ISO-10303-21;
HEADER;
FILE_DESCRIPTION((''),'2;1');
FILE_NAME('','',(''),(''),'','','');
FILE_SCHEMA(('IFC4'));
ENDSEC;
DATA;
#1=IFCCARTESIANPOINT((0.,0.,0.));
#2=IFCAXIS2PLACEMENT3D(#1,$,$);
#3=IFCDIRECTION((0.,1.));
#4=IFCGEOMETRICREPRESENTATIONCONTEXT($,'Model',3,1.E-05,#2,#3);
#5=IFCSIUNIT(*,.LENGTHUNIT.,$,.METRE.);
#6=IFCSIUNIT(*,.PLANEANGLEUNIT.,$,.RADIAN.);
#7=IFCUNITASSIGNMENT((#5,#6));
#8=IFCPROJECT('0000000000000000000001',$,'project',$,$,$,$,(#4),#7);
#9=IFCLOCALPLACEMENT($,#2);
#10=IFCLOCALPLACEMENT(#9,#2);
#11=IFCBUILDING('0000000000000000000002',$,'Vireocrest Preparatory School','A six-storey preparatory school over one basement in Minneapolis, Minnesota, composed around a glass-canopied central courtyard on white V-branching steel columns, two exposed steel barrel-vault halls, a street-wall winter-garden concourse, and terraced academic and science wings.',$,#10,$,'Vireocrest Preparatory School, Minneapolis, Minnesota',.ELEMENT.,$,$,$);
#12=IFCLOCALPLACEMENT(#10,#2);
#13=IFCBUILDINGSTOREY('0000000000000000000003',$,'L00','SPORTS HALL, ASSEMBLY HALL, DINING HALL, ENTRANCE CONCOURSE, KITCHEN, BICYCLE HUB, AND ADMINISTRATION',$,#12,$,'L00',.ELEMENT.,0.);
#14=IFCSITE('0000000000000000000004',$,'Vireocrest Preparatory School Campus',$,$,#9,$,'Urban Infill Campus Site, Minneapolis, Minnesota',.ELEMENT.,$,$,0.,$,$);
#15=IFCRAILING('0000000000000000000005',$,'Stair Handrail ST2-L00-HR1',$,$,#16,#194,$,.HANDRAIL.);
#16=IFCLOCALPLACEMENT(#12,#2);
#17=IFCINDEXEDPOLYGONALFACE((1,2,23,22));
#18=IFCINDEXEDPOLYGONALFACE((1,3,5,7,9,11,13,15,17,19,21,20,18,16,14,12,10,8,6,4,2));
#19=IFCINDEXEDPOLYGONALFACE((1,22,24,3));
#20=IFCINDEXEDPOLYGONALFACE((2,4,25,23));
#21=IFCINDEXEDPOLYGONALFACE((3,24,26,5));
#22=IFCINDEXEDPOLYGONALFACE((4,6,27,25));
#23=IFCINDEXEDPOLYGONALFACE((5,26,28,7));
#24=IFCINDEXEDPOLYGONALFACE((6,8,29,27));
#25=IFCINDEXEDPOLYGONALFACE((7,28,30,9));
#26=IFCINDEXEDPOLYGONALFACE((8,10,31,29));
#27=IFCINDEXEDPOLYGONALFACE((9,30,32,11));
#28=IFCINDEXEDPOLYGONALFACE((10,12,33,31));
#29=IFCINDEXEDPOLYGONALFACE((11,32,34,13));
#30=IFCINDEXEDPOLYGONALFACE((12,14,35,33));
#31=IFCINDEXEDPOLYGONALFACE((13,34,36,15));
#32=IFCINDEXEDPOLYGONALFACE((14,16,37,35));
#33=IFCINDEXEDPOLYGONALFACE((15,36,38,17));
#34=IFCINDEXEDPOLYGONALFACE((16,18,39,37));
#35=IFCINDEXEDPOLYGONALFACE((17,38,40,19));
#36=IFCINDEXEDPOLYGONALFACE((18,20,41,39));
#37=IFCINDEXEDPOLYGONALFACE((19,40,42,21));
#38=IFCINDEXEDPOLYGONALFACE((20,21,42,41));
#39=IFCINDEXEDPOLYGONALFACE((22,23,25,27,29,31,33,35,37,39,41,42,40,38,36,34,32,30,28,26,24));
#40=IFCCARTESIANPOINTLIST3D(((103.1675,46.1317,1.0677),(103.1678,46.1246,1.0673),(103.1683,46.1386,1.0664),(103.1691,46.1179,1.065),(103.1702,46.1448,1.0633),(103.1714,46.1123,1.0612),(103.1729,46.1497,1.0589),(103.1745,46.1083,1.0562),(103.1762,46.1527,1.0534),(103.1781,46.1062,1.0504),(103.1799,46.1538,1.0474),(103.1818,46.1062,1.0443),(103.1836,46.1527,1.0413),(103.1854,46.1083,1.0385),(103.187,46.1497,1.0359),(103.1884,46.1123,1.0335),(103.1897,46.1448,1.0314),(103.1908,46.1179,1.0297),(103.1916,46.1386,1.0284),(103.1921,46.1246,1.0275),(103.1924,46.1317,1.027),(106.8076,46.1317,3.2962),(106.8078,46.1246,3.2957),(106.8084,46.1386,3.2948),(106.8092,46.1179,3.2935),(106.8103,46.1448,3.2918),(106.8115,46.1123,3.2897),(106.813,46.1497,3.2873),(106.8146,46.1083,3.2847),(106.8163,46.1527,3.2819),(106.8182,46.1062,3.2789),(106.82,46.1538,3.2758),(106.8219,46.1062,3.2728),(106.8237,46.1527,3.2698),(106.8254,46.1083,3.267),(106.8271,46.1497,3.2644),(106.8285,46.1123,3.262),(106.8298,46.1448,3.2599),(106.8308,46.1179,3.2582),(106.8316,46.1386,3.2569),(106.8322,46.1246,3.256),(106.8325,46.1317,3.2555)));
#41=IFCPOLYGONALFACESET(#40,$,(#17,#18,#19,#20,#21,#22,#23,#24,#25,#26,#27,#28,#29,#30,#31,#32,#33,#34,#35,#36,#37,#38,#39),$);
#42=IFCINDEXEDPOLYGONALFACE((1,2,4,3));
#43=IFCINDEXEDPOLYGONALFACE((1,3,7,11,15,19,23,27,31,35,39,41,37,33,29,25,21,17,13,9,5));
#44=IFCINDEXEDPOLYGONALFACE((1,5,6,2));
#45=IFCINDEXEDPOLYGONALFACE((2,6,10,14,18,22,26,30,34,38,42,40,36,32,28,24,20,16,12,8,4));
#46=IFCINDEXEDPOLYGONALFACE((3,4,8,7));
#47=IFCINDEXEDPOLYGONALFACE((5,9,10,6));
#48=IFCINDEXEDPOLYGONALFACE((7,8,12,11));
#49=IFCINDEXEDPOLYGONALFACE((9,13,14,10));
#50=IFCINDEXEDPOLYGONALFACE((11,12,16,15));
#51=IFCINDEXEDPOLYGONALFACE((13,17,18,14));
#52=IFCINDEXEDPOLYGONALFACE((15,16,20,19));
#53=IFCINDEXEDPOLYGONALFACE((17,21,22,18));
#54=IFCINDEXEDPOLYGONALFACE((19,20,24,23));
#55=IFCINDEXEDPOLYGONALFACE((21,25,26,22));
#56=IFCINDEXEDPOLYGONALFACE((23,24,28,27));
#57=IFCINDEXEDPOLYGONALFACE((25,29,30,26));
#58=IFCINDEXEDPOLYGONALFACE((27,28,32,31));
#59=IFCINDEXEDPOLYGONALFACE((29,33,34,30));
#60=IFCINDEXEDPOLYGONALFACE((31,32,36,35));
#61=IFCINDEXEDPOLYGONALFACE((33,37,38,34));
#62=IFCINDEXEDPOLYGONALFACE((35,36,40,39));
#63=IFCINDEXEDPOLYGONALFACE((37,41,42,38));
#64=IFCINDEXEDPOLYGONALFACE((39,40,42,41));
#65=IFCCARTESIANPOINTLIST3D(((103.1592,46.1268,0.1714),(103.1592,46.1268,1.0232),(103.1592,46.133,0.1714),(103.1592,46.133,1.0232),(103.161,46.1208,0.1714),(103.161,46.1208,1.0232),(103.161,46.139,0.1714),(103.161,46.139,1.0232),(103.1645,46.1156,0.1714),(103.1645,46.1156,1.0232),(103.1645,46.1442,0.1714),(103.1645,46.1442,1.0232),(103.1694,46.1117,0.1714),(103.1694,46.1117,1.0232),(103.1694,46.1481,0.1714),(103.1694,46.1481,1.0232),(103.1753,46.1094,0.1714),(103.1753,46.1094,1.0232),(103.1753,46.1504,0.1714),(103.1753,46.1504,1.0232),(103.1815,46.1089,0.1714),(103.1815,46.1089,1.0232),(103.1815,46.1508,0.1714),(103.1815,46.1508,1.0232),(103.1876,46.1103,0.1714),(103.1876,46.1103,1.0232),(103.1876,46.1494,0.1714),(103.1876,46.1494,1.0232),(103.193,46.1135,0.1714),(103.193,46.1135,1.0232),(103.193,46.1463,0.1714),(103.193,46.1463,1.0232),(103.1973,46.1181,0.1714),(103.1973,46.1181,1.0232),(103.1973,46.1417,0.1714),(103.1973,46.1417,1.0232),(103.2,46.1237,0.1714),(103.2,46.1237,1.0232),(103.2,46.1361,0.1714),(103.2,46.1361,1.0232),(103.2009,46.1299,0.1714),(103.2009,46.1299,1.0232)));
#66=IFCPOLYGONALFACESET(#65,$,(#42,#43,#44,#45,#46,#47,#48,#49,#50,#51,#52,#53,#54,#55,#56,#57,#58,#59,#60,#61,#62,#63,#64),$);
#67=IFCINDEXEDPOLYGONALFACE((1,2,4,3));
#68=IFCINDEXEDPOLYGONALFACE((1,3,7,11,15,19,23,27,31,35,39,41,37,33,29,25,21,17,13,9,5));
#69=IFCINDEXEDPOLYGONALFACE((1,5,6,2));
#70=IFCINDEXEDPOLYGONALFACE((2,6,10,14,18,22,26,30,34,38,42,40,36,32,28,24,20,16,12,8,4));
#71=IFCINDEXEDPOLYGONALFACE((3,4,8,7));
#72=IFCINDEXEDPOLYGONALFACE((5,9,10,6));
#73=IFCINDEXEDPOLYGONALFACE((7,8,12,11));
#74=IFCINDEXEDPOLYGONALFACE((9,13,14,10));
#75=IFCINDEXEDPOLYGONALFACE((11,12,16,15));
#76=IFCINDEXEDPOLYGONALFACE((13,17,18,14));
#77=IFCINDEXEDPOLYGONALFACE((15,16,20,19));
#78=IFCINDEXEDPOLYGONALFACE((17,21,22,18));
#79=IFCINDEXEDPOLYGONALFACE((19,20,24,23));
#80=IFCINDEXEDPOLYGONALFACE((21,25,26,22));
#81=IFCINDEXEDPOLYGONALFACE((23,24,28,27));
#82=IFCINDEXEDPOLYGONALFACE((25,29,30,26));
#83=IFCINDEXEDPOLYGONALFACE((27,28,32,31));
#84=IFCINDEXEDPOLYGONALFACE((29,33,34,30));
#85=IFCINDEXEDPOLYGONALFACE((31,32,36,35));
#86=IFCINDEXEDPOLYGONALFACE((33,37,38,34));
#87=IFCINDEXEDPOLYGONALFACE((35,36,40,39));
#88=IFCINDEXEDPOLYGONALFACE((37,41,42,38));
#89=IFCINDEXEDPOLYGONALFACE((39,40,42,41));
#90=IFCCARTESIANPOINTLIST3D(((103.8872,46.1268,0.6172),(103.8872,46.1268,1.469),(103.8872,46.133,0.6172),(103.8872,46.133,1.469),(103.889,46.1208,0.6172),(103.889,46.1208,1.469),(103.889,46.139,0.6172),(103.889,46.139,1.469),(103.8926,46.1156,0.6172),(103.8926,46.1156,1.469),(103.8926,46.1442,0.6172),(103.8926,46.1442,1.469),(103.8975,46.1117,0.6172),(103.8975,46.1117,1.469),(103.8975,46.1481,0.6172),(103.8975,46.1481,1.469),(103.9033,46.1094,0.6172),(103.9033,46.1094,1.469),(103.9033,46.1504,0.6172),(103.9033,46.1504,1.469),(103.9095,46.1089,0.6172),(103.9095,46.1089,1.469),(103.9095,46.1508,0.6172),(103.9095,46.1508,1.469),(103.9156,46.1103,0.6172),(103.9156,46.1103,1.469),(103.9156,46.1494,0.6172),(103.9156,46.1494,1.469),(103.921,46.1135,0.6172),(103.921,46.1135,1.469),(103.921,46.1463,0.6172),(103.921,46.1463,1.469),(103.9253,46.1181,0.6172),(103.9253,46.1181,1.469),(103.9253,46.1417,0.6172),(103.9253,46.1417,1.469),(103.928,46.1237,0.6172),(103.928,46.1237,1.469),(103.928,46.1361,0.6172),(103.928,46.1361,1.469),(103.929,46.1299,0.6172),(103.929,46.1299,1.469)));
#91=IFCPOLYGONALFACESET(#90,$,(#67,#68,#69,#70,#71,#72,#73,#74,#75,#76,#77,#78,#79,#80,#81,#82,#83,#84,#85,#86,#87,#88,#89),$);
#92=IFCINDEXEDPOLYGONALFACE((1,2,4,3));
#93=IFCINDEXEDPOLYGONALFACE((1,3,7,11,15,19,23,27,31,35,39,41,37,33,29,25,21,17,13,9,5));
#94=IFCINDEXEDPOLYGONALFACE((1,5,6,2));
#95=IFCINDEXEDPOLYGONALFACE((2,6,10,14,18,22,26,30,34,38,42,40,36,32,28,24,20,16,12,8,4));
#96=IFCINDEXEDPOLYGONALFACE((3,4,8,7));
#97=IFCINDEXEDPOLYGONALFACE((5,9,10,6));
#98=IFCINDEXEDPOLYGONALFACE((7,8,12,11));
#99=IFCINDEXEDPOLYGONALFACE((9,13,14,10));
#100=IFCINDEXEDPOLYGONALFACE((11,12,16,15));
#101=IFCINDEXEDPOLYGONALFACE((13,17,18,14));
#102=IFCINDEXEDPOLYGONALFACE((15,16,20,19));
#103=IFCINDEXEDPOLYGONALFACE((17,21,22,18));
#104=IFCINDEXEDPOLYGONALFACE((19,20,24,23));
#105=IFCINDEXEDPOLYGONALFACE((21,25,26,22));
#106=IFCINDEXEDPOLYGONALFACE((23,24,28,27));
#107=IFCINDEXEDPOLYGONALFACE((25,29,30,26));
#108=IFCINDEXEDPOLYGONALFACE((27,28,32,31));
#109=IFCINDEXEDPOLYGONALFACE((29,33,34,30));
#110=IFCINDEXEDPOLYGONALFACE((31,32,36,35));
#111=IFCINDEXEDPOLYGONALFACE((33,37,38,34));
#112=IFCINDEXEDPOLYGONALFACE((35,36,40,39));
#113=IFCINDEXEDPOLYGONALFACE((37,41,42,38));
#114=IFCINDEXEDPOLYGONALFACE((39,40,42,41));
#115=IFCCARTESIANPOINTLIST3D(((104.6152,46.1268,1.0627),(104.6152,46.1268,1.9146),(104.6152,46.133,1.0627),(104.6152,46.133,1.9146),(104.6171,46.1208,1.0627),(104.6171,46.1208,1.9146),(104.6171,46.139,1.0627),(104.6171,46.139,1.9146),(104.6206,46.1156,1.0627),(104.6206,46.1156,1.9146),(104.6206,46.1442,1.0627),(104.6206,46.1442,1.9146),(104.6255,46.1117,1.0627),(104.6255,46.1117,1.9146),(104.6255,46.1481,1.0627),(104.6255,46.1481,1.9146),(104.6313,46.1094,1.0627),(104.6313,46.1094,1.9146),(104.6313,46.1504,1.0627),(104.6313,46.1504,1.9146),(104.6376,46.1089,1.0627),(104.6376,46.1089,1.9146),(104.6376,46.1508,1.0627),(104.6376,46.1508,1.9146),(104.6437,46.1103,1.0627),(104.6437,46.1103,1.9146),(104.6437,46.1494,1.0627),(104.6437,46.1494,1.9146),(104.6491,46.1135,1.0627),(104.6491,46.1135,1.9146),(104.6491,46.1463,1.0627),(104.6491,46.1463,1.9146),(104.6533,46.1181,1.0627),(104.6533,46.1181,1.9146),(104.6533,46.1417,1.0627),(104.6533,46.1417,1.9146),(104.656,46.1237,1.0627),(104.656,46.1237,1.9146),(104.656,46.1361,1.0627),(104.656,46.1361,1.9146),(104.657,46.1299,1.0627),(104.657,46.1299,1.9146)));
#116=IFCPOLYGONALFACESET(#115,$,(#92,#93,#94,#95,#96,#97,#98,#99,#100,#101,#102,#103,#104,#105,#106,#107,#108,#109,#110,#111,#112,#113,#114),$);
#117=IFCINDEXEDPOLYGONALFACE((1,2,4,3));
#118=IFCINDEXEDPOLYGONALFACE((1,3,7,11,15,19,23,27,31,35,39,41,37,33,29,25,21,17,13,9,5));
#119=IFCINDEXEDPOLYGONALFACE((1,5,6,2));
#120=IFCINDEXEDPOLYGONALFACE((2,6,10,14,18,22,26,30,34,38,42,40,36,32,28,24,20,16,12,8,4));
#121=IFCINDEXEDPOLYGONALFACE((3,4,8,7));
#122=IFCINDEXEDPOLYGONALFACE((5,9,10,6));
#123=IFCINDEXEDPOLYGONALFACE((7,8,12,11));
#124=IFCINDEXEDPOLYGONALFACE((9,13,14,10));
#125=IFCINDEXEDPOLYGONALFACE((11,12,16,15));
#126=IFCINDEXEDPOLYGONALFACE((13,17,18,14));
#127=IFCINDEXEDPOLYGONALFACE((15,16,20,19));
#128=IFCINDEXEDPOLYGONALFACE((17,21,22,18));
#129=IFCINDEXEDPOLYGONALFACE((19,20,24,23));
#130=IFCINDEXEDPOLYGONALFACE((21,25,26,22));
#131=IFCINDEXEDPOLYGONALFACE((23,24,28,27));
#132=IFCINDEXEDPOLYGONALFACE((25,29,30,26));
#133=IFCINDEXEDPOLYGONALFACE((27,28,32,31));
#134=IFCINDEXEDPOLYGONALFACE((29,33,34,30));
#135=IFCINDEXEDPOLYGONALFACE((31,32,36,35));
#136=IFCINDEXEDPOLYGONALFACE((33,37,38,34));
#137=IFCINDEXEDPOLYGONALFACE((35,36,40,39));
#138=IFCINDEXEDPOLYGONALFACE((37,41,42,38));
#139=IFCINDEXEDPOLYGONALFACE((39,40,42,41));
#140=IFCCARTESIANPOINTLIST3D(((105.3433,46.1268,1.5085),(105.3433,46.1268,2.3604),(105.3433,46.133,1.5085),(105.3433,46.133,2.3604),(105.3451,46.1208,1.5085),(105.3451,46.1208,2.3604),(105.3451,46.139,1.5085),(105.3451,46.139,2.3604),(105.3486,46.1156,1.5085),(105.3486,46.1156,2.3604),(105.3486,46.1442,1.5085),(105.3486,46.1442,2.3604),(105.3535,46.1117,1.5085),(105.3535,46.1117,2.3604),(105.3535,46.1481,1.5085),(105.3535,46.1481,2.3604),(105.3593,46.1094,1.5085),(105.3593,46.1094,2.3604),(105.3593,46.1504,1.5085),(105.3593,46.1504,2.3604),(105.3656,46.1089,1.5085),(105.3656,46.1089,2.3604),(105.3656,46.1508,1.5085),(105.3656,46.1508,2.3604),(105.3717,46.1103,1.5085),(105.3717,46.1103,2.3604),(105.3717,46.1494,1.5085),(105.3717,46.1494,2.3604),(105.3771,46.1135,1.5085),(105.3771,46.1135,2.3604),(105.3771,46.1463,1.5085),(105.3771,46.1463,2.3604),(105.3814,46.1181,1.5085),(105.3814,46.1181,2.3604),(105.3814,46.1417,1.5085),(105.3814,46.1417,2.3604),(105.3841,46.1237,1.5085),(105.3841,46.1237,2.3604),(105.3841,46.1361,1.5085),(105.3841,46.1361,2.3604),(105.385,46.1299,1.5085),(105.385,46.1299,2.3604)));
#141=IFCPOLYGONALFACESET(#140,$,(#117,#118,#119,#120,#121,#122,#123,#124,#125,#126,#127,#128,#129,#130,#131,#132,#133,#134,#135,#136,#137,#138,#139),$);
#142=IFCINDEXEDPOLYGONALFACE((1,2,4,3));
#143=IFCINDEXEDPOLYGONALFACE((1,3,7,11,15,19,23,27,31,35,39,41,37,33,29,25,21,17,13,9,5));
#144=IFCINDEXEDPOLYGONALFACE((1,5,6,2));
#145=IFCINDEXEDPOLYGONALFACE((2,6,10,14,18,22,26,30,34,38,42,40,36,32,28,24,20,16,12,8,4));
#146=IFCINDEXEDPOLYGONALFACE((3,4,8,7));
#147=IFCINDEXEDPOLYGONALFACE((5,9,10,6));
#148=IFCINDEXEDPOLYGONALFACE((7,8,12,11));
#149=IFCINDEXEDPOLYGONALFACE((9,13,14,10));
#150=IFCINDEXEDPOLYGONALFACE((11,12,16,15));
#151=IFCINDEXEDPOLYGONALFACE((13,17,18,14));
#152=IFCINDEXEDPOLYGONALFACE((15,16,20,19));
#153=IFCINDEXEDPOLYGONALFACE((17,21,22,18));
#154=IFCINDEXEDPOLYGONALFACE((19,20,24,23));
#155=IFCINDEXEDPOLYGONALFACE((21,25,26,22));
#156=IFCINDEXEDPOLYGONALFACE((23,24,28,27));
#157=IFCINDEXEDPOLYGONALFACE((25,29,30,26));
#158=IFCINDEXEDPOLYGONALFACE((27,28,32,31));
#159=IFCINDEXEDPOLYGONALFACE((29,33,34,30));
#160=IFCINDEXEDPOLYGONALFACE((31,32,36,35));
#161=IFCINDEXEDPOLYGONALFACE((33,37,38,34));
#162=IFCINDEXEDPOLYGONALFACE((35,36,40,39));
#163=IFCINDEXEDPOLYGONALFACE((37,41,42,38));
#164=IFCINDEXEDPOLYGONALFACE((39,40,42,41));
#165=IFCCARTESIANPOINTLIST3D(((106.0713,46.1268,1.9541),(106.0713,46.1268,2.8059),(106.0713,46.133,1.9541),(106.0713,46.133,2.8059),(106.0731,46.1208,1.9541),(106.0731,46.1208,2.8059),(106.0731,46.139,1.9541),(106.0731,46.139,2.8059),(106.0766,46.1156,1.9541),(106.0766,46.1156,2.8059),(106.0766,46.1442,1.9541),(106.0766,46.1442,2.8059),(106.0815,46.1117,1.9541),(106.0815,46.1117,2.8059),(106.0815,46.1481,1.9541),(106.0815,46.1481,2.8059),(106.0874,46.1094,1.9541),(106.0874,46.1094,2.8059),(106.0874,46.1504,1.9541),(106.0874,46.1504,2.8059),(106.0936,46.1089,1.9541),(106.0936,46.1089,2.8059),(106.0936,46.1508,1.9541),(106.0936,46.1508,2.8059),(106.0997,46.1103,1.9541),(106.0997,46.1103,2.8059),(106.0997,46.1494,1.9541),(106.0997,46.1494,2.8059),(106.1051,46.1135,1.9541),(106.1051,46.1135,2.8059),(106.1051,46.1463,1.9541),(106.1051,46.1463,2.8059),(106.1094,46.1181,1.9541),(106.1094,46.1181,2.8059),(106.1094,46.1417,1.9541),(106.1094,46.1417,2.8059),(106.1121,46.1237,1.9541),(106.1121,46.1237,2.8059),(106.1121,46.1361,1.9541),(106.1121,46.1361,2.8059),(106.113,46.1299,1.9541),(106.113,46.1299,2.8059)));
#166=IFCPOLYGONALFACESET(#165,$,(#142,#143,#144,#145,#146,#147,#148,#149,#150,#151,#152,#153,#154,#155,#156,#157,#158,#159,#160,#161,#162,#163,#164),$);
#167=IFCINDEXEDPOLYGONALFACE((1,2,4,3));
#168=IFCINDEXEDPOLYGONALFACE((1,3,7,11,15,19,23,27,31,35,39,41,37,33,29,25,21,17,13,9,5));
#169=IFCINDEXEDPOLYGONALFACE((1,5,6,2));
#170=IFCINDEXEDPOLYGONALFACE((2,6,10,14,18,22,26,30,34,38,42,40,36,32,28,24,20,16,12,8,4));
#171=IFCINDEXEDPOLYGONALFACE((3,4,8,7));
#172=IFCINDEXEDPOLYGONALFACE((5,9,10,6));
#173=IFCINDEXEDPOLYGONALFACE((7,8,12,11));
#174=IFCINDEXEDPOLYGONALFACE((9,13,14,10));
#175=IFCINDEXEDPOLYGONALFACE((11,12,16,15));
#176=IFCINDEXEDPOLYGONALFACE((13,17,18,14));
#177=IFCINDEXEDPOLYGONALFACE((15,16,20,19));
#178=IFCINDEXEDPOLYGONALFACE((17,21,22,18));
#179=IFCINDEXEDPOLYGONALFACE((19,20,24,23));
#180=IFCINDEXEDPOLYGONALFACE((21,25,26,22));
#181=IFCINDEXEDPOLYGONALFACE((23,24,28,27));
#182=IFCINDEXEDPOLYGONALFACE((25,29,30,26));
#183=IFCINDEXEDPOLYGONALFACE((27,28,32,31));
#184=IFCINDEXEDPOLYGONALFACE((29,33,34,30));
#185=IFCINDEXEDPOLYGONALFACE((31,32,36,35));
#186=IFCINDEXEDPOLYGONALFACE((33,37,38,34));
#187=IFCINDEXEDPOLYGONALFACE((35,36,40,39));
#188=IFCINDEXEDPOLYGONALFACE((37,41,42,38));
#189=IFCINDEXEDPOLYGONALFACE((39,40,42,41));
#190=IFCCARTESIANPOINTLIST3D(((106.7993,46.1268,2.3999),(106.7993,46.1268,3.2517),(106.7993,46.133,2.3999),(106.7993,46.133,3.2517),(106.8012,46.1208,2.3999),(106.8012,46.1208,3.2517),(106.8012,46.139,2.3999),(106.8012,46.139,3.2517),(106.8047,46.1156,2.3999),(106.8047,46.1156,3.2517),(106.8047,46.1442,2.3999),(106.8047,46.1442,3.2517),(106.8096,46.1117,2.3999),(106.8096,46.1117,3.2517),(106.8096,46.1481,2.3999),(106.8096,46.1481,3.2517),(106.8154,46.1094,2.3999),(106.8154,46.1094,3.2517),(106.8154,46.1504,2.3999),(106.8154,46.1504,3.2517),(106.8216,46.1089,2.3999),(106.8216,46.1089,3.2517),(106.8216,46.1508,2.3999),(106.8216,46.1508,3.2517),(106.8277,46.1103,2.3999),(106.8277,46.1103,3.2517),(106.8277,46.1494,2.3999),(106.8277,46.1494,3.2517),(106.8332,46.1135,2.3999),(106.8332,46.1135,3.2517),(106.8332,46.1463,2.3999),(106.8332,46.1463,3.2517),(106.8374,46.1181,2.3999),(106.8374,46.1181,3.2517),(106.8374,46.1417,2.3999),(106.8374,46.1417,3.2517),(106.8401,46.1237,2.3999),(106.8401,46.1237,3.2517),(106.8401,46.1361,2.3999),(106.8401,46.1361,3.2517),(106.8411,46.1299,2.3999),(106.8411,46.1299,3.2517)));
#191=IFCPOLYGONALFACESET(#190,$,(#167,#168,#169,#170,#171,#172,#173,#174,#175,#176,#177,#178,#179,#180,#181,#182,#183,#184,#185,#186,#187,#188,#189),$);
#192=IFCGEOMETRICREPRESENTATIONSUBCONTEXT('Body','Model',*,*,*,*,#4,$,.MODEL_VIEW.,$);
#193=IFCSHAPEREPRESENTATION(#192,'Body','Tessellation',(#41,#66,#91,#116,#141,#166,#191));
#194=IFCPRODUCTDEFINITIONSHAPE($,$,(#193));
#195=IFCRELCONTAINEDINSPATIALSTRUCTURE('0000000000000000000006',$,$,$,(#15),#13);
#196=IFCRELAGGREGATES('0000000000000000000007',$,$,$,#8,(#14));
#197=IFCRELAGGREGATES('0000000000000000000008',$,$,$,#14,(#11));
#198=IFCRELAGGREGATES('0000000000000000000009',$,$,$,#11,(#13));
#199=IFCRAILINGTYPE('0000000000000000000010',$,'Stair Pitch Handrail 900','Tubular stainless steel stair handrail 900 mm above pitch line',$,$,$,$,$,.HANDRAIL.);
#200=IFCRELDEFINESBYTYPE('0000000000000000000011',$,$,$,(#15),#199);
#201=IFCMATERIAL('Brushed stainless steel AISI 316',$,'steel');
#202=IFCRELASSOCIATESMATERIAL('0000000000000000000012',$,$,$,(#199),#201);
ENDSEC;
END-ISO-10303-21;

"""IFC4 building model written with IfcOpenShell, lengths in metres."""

from ifc_helpers import new_model, si_unit, direction, frame, origin, origin_2d, place, context, subcontext, project, spatial, circle, extrude, material, type_object, element, save


model = new_model("IFC4")

# Units and contexts
model_context = context("Model", 3, precision=1e-05, world=origin(), true_north=direction((0.0, 1.0)))
body_context = subcontext(model_context, "Body", "Model", "MODEL_VIEW")
ifc_project = project(units=[si_unit("LENGTHUNIT", "METRE"), si_unit("PLANEANGLEUNIT", "RADIAN")], contexts=[model_context])

# Site, building, storey
site_placement = place(None, origin())
site = spatial("IfcSite", under=ifc_project, at=site_placement, Name="Vireocrest Preparatory School Campus", LongName="Urban Infill Campus Site, Minneapolis, Minnesota", CompositionType="ELEMENT", RefElevation=0.0)
building_placement = place(site_placement, origin())
building = spatial("IfcBuilding", under=site, at=building_placement, Name="Vireocrest Preparatory School", Description="A six-storey preparatory school over one basement in Minneapolis, Minnesota, composed around a glass-canopied central courtyard on white V-branching steel columns, two exposed steel barrel-vault halls, a street-wall winter-garden concourse, and terraced academic and science wings.", LongName="Vireocrest Preparatory School, Minneapolis, Minnesota", CompositionType="ELEMENT")
storey_placement = place(building_placement, origin())
storey = spatial("IfcBuildingStorey", under=building, at=storey_placement, Name="L00", Description="SPORTS HALL, ASSEMBLY HALL, DINING HALL, ENTRANCE CONCOURSE, KITCHEN, BICYCLE HUB, AND ADMINISTRATION", LongName="L00", CompositionType="ELEMENT", Elevation=0.0)

# Railing
ifc_material_1 = material(Name="Brushed stainless steel AISI 316", Category="steel")
railing_type_1 = type_object("IfcRailingType", Name="Stair Pitch Handrail 900", Description="Tubular stainless steel stair handrail 900 mm above pitch line", PredefinedType="HANDRAIL", material=ifc_material_1)
railing_1_placement = place(storey_placement, frame((103.1799, 46.1299, 0.1714)))
element("IfcRailing", 1, at=railing_1_placement, inside=storey, type_object=railing_type_1, Name="Stair Handrail ST2-L00-HR1", PredefinedType="HANDRAIL", context=body_context, shape_type="SweptSolid", body=[
    extrude(circle(Radius=0.0239, at=origin_2d()), frame((0.0, 0.0, 0.876), z_axis=(0.852866, 0.0, 0.52213), x_axis=(0.0, 1.0, 0.0)), (0.0, 0.0, 1.0), 4.2681),
    extrude(circle(Radius=0.021, at=origin_2d()), origin(), (0.0, 0.0, 1.0), 0.8518),
    extrude(circle(Radius=0.021, at=origin_2d()), frame((0.728, 0.0, 0.4458)), (0.0, 0.0, 1.0), 0.8518),
    extrude(circle(Radius=0.021, at=origin_2d()), frame((1.4561, 0.0, 0.8914)), (0.0, 0.0, 1.0), 0.8518),
    extrude(circle(Radius=0.021, at=origin_2d()), frame((2.1841, 0.0, 1.3372)), (0.0, 0.0, 1.0), 0.8518),
    extrude(circle(Radius=0.021, at=origin_2d()), frame((2.9121, 0.0, 1.7827)), (0.0, 0.0, 1.0), 0.8518),
    extrude(circle(Radius=0.021, at=origin_2d()), frame((3.6401, 0.0, 2.2285)), (0.0, 0.0, 1.0), 0.8518),
])

save(model, "model.ifc")
